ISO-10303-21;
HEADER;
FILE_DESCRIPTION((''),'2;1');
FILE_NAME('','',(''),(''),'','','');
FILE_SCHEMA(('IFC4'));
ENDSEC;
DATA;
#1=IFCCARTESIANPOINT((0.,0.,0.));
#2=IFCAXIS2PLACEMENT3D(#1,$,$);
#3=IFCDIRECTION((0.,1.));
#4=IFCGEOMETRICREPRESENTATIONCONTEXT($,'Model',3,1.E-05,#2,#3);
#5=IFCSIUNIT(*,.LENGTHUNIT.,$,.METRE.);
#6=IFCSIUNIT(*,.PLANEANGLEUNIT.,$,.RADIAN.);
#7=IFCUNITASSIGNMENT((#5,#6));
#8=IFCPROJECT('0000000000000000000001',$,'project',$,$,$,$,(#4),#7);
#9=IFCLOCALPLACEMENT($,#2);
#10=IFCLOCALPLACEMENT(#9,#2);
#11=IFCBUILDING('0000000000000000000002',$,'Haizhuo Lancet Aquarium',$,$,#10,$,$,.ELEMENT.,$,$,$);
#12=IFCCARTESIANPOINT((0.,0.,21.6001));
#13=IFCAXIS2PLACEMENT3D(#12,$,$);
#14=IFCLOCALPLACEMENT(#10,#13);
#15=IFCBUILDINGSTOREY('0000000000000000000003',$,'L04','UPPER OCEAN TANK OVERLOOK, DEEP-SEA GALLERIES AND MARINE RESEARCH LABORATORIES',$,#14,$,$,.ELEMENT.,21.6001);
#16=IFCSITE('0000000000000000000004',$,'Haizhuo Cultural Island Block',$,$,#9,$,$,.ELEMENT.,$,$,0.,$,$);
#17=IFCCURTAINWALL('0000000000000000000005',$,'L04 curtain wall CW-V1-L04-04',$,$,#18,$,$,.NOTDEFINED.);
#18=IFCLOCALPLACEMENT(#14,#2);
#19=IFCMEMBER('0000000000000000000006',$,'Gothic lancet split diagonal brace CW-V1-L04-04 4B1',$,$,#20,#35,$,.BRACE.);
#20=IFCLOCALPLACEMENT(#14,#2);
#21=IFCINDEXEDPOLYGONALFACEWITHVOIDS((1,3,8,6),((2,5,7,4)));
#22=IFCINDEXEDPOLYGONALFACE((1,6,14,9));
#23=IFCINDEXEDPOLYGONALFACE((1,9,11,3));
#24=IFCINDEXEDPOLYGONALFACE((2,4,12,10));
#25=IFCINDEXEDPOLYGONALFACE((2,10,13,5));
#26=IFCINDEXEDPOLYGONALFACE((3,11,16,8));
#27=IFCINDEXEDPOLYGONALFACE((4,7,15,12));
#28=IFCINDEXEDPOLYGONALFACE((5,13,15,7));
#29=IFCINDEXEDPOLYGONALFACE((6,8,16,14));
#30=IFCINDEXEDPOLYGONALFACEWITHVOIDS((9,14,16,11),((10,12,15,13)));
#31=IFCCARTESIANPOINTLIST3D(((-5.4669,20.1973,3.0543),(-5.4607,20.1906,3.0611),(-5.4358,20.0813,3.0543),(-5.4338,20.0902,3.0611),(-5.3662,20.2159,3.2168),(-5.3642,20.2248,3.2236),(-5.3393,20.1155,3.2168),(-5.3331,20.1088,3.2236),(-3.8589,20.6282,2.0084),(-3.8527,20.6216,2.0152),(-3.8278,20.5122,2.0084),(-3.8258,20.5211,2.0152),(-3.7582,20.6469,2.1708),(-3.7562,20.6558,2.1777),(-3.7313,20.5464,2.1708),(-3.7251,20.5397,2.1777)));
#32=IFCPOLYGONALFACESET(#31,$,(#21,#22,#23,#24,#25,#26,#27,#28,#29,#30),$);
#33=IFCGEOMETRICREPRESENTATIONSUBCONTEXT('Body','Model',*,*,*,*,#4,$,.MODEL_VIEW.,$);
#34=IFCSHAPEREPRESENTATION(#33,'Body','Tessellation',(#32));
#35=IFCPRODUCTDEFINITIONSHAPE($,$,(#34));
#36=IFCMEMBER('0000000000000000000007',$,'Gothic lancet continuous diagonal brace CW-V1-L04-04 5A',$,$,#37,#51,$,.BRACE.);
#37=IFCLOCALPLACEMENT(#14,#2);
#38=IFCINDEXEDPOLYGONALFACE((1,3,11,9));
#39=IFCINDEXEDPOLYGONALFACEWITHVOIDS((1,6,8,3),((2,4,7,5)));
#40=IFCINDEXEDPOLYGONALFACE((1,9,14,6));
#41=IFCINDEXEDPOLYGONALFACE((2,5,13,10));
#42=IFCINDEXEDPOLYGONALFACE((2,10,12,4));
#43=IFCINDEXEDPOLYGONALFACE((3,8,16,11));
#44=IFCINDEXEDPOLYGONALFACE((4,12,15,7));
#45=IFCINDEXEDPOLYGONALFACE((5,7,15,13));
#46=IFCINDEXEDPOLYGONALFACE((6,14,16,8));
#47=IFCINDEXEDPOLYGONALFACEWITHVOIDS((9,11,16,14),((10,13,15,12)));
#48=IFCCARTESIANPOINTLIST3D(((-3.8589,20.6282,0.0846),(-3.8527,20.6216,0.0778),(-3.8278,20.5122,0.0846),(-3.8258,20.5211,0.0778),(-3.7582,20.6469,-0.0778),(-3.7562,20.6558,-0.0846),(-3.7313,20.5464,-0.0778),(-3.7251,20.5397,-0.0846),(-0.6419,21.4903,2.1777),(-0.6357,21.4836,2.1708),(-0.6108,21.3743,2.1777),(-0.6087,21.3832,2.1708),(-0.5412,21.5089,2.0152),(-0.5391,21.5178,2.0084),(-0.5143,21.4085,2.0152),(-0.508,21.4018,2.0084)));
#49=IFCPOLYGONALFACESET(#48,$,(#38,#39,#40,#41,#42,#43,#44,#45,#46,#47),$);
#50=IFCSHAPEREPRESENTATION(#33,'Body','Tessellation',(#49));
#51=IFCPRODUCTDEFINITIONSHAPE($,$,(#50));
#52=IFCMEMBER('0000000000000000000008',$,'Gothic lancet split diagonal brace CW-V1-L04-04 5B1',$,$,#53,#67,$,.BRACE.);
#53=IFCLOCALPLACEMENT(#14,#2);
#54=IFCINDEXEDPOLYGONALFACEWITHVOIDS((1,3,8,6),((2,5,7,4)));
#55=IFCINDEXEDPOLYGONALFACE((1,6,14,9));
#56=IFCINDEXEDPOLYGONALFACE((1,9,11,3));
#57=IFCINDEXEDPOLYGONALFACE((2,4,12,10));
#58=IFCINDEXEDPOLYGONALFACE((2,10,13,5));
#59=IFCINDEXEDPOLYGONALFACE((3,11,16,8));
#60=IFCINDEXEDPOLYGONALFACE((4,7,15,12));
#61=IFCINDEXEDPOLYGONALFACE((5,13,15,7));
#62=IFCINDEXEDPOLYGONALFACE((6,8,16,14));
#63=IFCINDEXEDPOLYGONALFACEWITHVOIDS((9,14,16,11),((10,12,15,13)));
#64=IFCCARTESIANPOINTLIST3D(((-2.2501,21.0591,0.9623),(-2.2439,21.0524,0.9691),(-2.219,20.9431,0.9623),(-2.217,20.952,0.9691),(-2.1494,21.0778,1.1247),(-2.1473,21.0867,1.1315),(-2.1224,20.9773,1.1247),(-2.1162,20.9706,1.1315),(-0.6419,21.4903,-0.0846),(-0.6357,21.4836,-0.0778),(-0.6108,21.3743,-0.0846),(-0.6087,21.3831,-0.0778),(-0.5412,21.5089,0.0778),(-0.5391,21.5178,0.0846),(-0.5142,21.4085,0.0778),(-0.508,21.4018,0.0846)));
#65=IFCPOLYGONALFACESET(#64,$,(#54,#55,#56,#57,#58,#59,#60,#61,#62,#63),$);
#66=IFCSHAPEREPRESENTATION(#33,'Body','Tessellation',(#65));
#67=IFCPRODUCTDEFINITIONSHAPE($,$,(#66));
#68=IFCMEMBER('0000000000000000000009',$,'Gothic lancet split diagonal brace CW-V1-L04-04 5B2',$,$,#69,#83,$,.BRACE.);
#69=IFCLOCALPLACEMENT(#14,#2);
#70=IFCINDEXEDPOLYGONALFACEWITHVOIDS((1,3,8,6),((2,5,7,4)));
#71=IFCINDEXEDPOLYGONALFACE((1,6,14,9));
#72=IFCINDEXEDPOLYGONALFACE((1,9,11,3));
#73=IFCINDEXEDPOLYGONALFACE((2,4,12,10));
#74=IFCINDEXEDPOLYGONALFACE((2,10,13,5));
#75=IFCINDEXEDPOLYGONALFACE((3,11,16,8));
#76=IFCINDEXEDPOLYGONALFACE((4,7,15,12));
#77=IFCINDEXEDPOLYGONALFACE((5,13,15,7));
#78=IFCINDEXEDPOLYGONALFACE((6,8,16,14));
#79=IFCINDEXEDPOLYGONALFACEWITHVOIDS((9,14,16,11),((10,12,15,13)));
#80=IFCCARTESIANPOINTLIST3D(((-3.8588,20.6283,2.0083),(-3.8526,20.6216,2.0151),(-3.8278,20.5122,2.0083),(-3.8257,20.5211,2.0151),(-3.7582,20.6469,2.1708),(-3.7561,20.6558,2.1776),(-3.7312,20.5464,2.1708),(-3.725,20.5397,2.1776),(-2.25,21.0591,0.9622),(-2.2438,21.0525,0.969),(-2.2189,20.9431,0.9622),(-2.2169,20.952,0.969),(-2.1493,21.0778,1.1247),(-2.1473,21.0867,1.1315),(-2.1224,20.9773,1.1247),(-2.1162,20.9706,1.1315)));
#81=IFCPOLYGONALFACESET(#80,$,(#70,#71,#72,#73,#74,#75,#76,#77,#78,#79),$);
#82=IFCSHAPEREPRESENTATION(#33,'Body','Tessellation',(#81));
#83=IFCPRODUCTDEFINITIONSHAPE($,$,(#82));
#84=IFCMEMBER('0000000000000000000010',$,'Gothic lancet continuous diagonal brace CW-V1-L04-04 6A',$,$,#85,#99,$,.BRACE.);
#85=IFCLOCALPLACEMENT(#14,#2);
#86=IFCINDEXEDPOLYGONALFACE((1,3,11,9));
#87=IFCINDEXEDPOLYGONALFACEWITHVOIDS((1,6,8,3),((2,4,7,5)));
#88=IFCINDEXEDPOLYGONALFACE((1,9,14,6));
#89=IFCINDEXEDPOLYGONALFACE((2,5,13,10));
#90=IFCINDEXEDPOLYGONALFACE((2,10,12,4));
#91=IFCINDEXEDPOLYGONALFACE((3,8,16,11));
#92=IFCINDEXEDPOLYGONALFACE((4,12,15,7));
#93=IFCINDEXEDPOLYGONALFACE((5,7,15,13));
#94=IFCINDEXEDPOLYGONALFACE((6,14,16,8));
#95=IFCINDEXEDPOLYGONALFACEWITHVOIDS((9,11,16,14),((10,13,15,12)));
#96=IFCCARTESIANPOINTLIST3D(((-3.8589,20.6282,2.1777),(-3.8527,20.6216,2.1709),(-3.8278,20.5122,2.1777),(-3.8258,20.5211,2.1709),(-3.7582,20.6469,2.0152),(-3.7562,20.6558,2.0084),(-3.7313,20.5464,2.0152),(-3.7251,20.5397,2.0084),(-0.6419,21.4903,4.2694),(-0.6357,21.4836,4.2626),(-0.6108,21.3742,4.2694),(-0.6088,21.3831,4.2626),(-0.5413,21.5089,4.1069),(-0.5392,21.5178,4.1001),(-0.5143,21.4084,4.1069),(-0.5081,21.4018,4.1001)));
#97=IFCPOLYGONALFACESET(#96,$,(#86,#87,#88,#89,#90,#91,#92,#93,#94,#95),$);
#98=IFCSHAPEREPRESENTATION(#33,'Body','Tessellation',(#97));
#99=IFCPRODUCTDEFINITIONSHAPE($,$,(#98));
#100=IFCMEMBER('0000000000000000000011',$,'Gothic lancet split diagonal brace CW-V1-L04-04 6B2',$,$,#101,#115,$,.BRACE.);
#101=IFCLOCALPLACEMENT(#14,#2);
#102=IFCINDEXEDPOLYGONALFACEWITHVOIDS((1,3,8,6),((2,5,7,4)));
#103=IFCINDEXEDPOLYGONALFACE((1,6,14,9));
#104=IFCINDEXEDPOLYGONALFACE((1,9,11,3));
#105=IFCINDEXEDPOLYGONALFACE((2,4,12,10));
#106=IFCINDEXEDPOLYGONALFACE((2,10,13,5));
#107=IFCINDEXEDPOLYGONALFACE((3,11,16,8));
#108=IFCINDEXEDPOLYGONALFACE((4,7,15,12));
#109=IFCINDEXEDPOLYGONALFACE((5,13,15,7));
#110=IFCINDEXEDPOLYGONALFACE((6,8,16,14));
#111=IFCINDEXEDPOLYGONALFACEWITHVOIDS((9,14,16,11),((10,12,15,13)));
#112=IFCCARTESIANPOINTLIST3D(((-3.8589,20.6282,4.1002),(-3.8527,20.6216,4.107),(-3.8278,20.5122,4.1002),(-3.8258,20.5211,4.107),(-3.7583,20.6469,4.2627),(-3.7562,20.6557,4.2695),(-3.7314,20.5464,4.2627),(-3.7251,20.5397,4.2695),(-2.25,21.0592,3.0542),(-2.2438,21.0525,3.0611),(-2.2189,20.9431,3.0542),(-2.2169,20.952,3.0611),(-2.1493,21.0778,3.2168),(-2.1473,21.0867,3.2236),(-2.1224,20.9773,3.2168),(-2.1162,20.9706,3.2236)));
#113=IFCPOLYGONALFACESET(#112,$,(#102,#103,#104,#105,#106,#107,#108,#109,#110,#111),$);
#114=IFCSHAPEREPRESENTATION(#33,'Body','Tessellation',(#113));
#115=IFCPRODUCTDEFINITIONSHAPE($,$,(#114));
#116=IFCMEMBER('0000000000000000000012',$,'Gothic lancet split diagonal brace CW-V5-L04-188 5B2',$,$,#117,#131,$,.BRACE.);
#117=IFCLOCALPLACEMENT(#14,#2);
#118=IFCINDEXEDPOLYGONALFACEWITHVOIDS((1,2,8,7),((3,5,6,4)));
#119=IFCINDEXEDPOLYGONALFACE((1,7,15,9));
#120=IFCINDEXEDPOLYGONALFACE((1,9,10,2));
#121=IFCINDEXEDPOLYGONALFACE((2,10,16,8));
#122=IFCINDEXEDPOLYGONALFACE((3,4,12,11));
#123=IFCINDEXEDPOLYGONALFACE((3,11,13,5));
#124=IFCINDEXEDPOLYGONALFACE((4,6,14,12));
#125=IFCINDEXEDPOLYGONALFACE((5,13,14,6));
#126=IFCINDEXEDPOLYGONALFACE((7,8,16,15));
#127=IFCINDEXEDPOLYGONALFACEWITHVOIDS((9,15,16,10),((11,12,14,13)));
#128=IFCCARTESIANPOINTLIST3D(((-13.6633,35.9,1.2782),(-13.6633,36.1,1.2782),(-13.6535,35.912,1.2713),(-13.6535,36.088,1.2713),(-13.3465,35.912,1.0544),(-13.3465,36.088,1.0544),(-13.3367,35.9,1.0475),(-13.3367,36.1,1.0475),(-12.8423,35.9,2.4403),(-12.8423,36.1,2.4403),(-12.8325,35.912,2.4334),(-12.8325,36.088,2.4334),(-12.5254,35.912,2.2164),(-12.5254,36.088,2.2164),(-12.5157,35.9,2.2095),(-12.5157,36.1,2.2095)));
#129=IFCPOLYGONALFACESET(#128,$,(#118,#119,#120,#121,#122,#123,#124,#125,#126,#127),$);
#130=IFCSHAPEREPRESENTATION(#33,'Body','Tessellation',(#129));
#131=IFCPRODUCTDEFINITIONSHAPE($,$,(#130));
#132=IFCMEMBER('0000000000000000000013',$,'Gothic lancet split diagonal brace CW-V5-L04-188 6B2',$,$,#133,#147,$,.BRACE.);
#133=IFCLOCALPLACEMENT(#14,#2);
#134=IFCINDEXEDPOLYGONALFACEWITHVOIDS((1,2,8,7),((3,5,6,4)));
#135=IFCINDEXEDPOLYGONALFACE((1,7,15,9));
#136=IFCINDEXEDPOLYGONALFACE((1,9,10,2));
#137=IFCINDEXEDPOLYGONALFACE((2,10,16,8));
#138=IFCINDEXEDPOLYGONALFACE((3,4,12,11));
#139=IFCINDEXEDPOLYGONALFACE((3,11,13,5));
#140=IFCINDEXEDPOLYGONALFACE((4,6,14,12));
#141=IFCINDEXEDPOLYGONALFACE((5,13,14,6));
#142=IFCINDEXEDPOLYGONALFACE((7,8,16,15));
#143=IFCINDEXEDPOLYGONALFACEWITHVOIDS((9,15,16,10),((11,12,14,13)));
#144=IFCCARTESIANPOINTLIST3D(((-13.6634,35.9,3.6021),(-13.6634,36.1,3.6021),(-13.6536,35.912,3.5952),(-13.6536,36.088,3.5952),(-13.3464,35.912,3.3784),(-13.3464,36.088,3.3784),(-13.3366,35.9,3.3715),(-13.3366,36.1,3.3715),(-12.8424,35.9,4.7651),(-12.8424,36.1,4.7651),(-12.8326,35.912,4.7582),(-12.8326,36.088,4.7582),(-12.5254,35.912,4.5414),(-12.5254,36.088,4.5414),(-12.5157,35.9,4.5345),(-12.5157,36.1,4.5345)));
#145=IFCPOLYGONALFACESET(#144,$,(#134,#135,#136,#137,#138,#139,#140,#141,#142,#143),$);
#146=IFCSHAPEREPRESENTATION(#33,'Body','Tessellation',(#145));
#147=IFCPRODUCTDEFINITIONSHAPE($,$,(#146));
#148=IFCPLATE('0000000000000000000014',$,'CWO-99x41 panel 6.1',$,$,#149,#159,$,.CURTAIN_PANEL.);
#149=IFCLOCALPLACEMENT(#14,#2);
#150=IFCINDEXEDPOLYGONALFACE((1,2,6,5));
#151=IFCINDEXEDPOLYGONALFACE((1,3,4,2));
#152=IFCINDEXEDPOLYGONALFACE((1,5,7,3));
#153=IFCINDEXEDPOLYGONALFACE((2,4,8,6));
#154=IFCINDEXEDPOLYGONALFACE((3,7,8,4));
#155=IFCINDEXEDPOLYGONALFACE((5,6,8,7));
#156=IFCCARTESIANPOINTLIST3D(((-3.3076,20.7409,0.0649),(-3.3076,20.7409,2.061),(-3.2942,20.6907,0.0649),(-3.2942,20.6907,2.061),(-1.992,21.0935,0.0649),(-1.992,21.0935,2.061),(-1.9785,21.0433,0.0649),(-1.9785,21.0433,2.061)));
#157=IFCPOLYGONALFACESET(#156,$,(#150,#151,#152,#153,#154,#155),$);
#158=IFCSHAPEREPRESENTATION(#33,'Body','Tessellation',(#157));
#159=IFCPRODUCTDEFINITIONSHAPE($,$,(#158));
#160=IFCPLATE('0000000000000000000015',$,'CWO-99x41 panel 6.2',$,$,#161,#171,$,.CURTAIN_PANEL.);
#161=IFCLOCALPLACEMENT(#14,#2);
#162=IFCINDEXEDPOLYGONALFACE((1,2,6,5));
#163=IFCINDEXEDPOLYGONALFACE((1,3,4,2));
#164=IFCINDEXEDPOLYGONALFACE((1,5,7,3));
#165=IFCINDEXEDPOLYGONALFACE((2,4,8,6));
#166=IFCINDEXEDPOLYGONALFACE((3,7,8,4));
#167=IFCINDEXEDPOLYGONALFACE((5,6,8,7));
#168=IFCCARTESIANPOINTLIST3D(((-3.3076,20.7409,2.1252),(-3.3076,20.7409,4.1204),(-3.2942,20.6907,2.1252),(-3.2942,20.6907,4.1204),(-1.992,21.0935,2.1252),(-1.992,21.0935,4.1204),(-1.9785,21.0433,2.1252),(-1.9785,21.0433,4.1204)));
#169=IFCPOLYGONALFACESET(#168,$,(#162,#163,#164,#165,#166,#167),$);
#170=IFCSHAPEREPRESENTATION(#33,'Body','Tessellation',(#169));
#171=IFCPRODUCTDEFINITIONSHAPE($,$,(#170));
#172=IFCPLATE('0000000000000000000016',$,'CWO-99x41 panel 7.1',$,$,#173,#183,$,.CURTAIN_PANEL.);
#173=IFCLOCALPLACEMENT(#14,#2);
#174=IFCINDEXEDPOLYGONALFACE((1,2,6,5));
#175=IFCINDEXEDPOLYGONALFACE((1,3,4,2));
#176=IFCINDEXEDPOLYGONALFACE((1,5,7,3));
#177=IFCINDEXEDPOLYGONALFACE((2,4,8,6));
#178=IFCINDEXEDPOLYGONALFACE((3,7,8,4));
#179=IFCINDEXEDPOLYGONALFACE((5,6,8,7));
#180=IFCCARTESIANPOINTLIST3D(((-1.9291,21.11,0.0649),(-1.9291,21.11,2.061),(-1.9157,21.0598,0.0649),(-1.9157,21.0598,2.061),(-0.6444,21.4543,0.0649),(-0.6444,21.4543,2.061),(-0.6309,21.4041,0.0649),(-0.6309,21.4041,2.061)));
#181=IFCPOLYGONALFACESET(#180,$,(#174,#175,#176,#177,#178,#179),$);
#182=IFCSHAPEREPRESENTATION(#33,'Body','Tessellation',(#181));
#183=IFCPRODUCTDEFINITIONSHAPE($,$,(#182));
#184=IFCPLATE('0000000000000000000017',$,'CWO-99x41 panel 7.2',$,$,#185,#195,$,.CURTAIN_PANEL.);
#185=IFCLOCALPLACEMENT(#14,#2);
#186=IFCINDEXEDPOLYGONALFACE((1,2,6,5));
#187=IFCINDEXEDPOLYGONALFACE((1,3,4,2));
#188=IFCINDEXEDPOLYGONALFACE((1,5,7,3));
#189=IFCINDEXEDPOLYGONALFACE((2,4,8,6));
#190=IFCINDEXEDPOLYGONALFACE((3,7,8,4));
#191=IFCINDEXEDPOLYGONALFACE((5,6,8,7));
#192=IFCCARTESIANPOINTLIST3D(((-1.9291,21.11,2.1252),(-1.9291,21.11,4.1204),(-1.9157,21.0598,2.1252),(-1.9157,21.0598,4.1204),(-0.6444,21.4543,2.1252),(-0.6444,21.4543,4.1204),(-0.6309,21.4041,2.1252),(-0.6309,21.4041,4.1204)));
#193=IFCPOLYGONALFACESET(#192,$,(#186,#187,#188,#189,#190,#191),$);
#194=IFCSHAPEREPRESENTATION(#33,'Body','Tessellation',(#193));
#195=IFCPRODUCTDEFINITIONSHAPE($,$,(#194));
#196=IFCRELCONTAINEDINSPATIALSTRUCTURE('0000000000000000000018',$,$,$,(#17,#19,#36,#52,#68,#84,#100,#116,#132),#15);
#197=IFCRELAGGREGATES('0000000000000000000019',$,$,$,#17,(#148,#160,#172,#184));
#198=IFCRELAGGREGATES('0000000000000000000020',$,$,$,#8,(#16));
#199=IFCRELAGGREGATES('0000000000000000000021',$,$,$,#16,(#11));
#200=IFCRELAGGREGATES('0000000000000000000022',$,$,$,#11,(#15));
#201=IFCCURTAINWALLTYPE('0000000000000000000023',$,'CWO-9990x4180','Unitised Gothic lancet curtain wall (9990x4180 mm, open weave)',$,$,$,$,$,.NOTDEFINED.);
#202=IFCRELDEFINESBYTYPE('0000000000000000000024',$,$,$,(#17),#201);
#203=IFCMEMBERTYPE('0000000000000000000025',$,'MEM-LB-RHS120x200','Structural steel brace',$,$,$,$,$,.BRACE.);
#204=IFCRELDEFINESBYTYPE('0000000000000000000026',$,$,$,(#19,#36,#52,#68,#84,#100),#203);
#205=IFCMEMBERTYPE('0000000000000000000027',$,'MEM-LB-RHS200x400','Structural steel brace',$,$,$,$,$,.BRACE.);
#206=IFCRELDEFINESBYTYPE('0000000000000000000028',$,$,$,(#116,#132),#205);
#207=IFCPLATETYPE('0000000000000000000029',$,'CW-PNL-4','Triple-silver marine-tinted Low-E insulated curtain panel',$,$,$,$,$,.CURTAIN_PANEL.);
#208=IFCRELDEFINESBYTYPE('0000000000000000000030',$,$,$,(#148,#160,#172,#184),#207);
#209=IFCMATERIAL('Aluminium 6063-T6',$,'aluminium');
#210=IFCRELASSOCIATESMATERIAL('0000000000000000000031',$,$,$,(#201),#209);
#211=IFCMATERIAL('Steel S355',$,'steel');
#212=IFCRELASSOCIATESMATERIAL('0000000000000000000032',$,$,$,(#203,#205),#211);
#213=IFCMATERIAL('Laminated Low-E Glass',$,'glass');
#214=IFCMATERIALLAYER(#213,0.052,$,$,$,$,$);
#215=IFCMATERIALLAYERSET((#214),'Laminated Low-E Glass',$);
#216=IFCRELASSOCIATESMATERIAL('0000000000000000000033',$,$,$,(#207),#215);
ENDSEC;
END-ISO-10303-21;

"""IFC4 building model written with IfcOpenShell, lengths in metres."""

from ifc_helpers import new_model, si_unit, direction, frame, origin, origin_2d, place, context, subcontext, project, spatial, rectangle, hollow_rectangle, extrude, material, layer, layer_set, material_profile, profile_set, type_object, element, aggregate, save


model = new_model("IFC4")

# Units and contexts
model_context = context("Model", 3, precision=1e-05, world=origin(), true_north=direction((0.0, 1.0)))
body_context = subcontext(model_context, "Body", "Model", "MODEL_VIEW")
ifc_project = project(units=[si_unit("LENGTHUNIT", "METRE"), si_unit("PLANEANGLEUNIT", "RADIAN")], contexts=[model_context])

# Site, building, storey
site_placement = place(None, origin())
site = spatial("IfcSite", under=ifc_project, at=site_placement, Name="Haizhuo Cultural Island Block", CompositionType="ELEMENT", RefElevation=0.0)
building_placement = place(site_placement, origin())
building = spatial("IfcBuilding", under=site, at=building_placement, Name="Haizhuo Lancet Aquarium", CompositionType="ELEMENT")
storey_placement = place(building_placement, frame((0.0, 0.0, 21.6001)))
storey = spatial("IfcBuildingStorey", under=building, at=storey_placement, Name="L04", Description="UPPER OCEAN TANK OVERLOOK, DEEP-SEA GALLERIES AND MARINE RESEARCH LABORATORIES", CompositionType="ELEMENT", Elevation=21.6001)

# Curtain wall
ifc_material_1 = material(Name="Aluminium 6063-T6", Category="aluminium")
curtain_wall_type_1 = type_object("IfcCurtainWallType", Name="CWO-9990x4180", Description="Unitised Gothic lancet curtain wall (9990x4180 mm, open weave)", PredefinedType="NOTDEFINED", material=ifc_material_1)
curtain_wall_1_placement = place(storey_placement, origin())
curtain_wall_1 = element("IfcCurtainWall", 1, at=curtain_wall_1_placement, inside=storey, type_object=curtain_wall_type_1, Name="L04 curtain wall CW-V1-L04-04", PredefinedType="NOTDEFINED")

# Members
ifc_material_2 = material(Name="Steel S355", Category="steel")
ifc_material_profile_1 = material_profile(ifc_material_2, hollow_rectangle(XDim=0.1201, YDim=0.2, WallThickness=0.0081, at=origin_2d()), Name="RHS 120x200x8")
ifc_profile_set_1 = profile_set([ifc_material_profile_1], Name="Steel S355")
member_type_1 = type_object("IfcMemberType", Name="MEM-LB-RHS120x200", Description="Structural steel brace", PredefinedType="BRACE", material=ifc_profile_set_1)
member_1_placement = place(storey_placement, frame((-3.792, 20.584, 2.093), z_axis=(-0.817879, -0.219186, 0.532007), x_axis=(0.258858, -0.965915, 0.0)))
element("IfcMember", 2, at=member_1_placement, inside=storey, type_object=member_type_1, Name="Gothic lancet split diagonal brace CW-V1-L04-04 4B1", PredefinedType="BRACE", context=body_context, shape_type="SweptSolid", body=[
    extrude(hollow_rectangle(XDim=0.1201, YDim=0.2, WallThickness=0.0081, at=origin_2d()), origin(), (0.0, 0.0, 1.0), 1.9661),
])
member_2_placement = place(storey_placement, frame((-3.792, 20.584, 0.0), z_axis=(0.817836, 0.219153, 0.532087), x_axis=(-0.258835, 0.965922, 0.0)))
element("IfcMember", 3, at=member_2_placement, inside=storey, type_object=member_type_1, Name="Gothic lancet continuous diagonal brace CW-V1-L04-04 5A", PredefinedType="BRACE", context=body_context, shape_type="SweptSolid", body=[
    extrude(hollow_rectangle(XDim=0.1201, YDim=0.2, WallThickness=0.0081, at=origin_2d()), origin(), (0.0, 0.0, 1.0), 3.9336),
])
for number, where, z_axis, x_axis, name in (
    (4, (-0.575, 21.446, 0.0), (-0.817682, -0.219224, 0.532294), (0.258958, -0.965888, 0.0), "Gothic lancet split diagonal brace CW-V1-L04-04 5B1"),
    (5, (-2.1831, 21.0149, 1.0469), (-0.81799, -0.219082, 0.53188), (0.258712, -0.965955, 0.0), "Gothic lancet split diagonal brace CW-V1-L04-04 5B2"),
):
    element("IfcMember", number, at=place(storey_placement, frame(where, z_axis=z_axis, x_axis=x_axis)), inside=storey, type_object=member_type_1, Name=name, PredefinedType="BRACE", context=body_context, shape_type="SweptSolid", body=[
        extrude(hollow_rectangle(XDim=0.1201, YDim=0.2, WallThickness=0.0081, at=origin_2d()), origin(), (0.0, 0.0, 1.0), 1.9668),
    ])
member_3_placement = place(storey_placement, frame((-3.792, 20.584, 2.093), z_axis=(0.817971, 0.219189, 0.531864), x_axis=(-0.258835, 0.965922, 0.0)))
element("IfcMember", 6, at=member_3_placement, inside=storey, type_object=member_type_1, Name="Gothic lancet continuous diagonal brace CW-V1-L04-04 6A", PredefinedType="BRACE", context=body_context, shape_type="SweptSolid", body=[
    extrude(hollow_rectangle(XDim=0.1201, YDim=0.2, WallThickness=0.0081, at=origin_2d()), origin(), (0.0, 0.0, 1.0), 3.9329),
])
member_4_placement = place(storey_placement, frame((-2.1831, 21.0149, 3.1389), z_axis=(-0.818044, -0.219097, 0.53179), x_axis=(0.258712, -0.965955, 0.0)))
element("IfcMember", 7, at=member_4_placement, inside=storey, type_object=member_type_1, Name="Gothic lancet split diagonal brace CW-V1-L04-04 6B2", PredefinedType="BRACE", context=body_context, shape_type="SweptSolid", body=[
    extrude(hollow_rectangle(XDim=0.1201, YDim=0.2, WallThickness=0.0081, at=origin_2d()), origin(), (0.0, 0.0, 1.0), 1.9668),
])
ifc_material_profile_2 = material_profile(ifc_material_2, hollow_rectangle(XDim=0.2, YDim=0.3999, WallThickness=0.012, at=origin_2d()), Name="RHS 200x400x12")
ifc_profile_set_2 = profile_set([ifc_material_profile_2], Name="Steel S355")
member_type_2 = type_object("IfcMemberType", Name="MEM-LB-RHS200x400", Description="Structural steel brace", PredefinedType="BRACE", material=ifc_profile_set_2)
member_5_placement = place(storey_placement, frame((-13.5, 36.0, 1.1628), z_axis=(0.577027, 0.0, 0.816725), x_axis=(0.0, 1.0, 0.0)))
element("IfcMember", 8, at=member_5_placement, inside=storey, type_object=member_type_2, Name="Gothic lancet split diagonal brace CW-V5-L04-188 5B2", PredefinedType="BRACE", context=body_context, shape_type="SweptSolid", body=[
    extrude(hollow_rectangle(XDim=0.2, YDim=0.3999, WallThickness=0.012, at=origin_2d()), origin(), (0.0, 0.0, 1.0), 1.4229),
])
member_6_placement = place(storey_placement, frame((-13.5, 36.0, 3.4868), z_axis=(0.576703, 0.0, 0.816954), x_axis=(0.0, 1.0, 0.0)))
element("IfcMember", 9, at=member_6_placement, inside=storey, type_object=member_type_2, Name="Gothic lancet split diagonal brace CW-V5-L04-188 6B2", PredefinedType="BRACE", context=body_context, shape_type="SweptSolid", body=[
    extrude(hollow_rectangle(XDim=0.2, YDim=0.3999, WallThickness=0.012, at=origin_2d()), origin(), (0.0, 0.0, 1.0), 1.4236),
])

# Plates
ifc_material_3 = material(Name="Laminated Low-E Glass", Category="glass")
ifc_layer_1 = layer(ifc_material_3, 0.052)
ifc_layer_set_1 = layer_set([ifc_layer_1], Name="Laminated Low-E Glass")
plate_type = type_object("IfcPlateType", Name="CW-PNL-4", Description="Triple-silver marine-tinted Low-E insulated curtain panel", PredefinedType="CURTAIN_PANEL", material=ifc_layer_set_1)
plate_1_placement = place(storey_placement, frame((-2.6431, 20.8921, 0.0649), z_axis=(0.0, 0.0, 1.0), x_axis=(0.965917, 0.258853, 0.0)))
plate_1 = element("IfcPlate", 10, at=plate_1_placement, type_object=plate_type, Name="CWO-99x41 panel 6.1", PredefinedType="CURTAIN_PANEL", context=body_context, shape_type="SweptSolid", body=[
    extrude(rectangle(XDim=1.3621, YDim=0.052, at=origin_2d()), origin(), (0.0, 0.0, 1.0), 1.9961),
])
plate_2_placement = place(storey_placement, frame((-2.6431, 20.8921, 2.1252), z_axis=(0.0, 0.0, 1.0), x_axis=(0.965917, 0.258853, 0.0)))
plate_2 = element("IfcPlate", 11, at=plate_2_placement, type_object=plate_type, Name="CWO-99x41 panel 6.2", PredefinedType="CURTAIN_PANEL", context=body_context, shape_type="SweptSolid", body=[
    extrude(rectangle(XDim=1.3621, YDim=0.052, at=origin_2d()), origin(), (0.0, 0.0, 1.0), 1.9951),
])
plate_3_placement = place(storey_placement, frame((-1.28, 21.2571, 0.0649), z_axis=(0.0, 0.0, 1.0), x_axis=(0.965917, 0.258853, 0.0)))
plate_3 = element("IfcPlate", 12, at=plate_3_placement, type_object=plate_type, Name="CWO-99x41 panel 7.1", PredefinedType="CURTAIN_PANEL", context=body_context, shape_type="SweptSolid", body=[
    extrude(rectangle(XDim=1.3301, YDim=0.052, at=origin_2d()), origin(), (0.0, 0.0, 1.0), 1.9961),
])
plate_4_placement = place(storey_placement, frame((-1.28, 21.2571, 2.1252), z_axis=(0.0, 0.0, 1.0), x_axis=(0.965917, 0.258853, 0.0)))
plate_4 = element("IfcPlate", 13, at=plate_4_placement, type_object=plate_type, Name="CWO-99x41 panel 7.2", PredefinedType="CURTAIN_PANEL", context=body_context, shape_type="SweptSolid", body=[
    extrude(rectangle(XDim=1.3301, YDim=0.052, at=origin_2d()), origin(), (0.0, 0.0, 1.0), 1.9951),
])
aggregate(curtain_wall_1, [plate_1, plate_2, plate_3, plate_4])

save(model, "model.ifc")
